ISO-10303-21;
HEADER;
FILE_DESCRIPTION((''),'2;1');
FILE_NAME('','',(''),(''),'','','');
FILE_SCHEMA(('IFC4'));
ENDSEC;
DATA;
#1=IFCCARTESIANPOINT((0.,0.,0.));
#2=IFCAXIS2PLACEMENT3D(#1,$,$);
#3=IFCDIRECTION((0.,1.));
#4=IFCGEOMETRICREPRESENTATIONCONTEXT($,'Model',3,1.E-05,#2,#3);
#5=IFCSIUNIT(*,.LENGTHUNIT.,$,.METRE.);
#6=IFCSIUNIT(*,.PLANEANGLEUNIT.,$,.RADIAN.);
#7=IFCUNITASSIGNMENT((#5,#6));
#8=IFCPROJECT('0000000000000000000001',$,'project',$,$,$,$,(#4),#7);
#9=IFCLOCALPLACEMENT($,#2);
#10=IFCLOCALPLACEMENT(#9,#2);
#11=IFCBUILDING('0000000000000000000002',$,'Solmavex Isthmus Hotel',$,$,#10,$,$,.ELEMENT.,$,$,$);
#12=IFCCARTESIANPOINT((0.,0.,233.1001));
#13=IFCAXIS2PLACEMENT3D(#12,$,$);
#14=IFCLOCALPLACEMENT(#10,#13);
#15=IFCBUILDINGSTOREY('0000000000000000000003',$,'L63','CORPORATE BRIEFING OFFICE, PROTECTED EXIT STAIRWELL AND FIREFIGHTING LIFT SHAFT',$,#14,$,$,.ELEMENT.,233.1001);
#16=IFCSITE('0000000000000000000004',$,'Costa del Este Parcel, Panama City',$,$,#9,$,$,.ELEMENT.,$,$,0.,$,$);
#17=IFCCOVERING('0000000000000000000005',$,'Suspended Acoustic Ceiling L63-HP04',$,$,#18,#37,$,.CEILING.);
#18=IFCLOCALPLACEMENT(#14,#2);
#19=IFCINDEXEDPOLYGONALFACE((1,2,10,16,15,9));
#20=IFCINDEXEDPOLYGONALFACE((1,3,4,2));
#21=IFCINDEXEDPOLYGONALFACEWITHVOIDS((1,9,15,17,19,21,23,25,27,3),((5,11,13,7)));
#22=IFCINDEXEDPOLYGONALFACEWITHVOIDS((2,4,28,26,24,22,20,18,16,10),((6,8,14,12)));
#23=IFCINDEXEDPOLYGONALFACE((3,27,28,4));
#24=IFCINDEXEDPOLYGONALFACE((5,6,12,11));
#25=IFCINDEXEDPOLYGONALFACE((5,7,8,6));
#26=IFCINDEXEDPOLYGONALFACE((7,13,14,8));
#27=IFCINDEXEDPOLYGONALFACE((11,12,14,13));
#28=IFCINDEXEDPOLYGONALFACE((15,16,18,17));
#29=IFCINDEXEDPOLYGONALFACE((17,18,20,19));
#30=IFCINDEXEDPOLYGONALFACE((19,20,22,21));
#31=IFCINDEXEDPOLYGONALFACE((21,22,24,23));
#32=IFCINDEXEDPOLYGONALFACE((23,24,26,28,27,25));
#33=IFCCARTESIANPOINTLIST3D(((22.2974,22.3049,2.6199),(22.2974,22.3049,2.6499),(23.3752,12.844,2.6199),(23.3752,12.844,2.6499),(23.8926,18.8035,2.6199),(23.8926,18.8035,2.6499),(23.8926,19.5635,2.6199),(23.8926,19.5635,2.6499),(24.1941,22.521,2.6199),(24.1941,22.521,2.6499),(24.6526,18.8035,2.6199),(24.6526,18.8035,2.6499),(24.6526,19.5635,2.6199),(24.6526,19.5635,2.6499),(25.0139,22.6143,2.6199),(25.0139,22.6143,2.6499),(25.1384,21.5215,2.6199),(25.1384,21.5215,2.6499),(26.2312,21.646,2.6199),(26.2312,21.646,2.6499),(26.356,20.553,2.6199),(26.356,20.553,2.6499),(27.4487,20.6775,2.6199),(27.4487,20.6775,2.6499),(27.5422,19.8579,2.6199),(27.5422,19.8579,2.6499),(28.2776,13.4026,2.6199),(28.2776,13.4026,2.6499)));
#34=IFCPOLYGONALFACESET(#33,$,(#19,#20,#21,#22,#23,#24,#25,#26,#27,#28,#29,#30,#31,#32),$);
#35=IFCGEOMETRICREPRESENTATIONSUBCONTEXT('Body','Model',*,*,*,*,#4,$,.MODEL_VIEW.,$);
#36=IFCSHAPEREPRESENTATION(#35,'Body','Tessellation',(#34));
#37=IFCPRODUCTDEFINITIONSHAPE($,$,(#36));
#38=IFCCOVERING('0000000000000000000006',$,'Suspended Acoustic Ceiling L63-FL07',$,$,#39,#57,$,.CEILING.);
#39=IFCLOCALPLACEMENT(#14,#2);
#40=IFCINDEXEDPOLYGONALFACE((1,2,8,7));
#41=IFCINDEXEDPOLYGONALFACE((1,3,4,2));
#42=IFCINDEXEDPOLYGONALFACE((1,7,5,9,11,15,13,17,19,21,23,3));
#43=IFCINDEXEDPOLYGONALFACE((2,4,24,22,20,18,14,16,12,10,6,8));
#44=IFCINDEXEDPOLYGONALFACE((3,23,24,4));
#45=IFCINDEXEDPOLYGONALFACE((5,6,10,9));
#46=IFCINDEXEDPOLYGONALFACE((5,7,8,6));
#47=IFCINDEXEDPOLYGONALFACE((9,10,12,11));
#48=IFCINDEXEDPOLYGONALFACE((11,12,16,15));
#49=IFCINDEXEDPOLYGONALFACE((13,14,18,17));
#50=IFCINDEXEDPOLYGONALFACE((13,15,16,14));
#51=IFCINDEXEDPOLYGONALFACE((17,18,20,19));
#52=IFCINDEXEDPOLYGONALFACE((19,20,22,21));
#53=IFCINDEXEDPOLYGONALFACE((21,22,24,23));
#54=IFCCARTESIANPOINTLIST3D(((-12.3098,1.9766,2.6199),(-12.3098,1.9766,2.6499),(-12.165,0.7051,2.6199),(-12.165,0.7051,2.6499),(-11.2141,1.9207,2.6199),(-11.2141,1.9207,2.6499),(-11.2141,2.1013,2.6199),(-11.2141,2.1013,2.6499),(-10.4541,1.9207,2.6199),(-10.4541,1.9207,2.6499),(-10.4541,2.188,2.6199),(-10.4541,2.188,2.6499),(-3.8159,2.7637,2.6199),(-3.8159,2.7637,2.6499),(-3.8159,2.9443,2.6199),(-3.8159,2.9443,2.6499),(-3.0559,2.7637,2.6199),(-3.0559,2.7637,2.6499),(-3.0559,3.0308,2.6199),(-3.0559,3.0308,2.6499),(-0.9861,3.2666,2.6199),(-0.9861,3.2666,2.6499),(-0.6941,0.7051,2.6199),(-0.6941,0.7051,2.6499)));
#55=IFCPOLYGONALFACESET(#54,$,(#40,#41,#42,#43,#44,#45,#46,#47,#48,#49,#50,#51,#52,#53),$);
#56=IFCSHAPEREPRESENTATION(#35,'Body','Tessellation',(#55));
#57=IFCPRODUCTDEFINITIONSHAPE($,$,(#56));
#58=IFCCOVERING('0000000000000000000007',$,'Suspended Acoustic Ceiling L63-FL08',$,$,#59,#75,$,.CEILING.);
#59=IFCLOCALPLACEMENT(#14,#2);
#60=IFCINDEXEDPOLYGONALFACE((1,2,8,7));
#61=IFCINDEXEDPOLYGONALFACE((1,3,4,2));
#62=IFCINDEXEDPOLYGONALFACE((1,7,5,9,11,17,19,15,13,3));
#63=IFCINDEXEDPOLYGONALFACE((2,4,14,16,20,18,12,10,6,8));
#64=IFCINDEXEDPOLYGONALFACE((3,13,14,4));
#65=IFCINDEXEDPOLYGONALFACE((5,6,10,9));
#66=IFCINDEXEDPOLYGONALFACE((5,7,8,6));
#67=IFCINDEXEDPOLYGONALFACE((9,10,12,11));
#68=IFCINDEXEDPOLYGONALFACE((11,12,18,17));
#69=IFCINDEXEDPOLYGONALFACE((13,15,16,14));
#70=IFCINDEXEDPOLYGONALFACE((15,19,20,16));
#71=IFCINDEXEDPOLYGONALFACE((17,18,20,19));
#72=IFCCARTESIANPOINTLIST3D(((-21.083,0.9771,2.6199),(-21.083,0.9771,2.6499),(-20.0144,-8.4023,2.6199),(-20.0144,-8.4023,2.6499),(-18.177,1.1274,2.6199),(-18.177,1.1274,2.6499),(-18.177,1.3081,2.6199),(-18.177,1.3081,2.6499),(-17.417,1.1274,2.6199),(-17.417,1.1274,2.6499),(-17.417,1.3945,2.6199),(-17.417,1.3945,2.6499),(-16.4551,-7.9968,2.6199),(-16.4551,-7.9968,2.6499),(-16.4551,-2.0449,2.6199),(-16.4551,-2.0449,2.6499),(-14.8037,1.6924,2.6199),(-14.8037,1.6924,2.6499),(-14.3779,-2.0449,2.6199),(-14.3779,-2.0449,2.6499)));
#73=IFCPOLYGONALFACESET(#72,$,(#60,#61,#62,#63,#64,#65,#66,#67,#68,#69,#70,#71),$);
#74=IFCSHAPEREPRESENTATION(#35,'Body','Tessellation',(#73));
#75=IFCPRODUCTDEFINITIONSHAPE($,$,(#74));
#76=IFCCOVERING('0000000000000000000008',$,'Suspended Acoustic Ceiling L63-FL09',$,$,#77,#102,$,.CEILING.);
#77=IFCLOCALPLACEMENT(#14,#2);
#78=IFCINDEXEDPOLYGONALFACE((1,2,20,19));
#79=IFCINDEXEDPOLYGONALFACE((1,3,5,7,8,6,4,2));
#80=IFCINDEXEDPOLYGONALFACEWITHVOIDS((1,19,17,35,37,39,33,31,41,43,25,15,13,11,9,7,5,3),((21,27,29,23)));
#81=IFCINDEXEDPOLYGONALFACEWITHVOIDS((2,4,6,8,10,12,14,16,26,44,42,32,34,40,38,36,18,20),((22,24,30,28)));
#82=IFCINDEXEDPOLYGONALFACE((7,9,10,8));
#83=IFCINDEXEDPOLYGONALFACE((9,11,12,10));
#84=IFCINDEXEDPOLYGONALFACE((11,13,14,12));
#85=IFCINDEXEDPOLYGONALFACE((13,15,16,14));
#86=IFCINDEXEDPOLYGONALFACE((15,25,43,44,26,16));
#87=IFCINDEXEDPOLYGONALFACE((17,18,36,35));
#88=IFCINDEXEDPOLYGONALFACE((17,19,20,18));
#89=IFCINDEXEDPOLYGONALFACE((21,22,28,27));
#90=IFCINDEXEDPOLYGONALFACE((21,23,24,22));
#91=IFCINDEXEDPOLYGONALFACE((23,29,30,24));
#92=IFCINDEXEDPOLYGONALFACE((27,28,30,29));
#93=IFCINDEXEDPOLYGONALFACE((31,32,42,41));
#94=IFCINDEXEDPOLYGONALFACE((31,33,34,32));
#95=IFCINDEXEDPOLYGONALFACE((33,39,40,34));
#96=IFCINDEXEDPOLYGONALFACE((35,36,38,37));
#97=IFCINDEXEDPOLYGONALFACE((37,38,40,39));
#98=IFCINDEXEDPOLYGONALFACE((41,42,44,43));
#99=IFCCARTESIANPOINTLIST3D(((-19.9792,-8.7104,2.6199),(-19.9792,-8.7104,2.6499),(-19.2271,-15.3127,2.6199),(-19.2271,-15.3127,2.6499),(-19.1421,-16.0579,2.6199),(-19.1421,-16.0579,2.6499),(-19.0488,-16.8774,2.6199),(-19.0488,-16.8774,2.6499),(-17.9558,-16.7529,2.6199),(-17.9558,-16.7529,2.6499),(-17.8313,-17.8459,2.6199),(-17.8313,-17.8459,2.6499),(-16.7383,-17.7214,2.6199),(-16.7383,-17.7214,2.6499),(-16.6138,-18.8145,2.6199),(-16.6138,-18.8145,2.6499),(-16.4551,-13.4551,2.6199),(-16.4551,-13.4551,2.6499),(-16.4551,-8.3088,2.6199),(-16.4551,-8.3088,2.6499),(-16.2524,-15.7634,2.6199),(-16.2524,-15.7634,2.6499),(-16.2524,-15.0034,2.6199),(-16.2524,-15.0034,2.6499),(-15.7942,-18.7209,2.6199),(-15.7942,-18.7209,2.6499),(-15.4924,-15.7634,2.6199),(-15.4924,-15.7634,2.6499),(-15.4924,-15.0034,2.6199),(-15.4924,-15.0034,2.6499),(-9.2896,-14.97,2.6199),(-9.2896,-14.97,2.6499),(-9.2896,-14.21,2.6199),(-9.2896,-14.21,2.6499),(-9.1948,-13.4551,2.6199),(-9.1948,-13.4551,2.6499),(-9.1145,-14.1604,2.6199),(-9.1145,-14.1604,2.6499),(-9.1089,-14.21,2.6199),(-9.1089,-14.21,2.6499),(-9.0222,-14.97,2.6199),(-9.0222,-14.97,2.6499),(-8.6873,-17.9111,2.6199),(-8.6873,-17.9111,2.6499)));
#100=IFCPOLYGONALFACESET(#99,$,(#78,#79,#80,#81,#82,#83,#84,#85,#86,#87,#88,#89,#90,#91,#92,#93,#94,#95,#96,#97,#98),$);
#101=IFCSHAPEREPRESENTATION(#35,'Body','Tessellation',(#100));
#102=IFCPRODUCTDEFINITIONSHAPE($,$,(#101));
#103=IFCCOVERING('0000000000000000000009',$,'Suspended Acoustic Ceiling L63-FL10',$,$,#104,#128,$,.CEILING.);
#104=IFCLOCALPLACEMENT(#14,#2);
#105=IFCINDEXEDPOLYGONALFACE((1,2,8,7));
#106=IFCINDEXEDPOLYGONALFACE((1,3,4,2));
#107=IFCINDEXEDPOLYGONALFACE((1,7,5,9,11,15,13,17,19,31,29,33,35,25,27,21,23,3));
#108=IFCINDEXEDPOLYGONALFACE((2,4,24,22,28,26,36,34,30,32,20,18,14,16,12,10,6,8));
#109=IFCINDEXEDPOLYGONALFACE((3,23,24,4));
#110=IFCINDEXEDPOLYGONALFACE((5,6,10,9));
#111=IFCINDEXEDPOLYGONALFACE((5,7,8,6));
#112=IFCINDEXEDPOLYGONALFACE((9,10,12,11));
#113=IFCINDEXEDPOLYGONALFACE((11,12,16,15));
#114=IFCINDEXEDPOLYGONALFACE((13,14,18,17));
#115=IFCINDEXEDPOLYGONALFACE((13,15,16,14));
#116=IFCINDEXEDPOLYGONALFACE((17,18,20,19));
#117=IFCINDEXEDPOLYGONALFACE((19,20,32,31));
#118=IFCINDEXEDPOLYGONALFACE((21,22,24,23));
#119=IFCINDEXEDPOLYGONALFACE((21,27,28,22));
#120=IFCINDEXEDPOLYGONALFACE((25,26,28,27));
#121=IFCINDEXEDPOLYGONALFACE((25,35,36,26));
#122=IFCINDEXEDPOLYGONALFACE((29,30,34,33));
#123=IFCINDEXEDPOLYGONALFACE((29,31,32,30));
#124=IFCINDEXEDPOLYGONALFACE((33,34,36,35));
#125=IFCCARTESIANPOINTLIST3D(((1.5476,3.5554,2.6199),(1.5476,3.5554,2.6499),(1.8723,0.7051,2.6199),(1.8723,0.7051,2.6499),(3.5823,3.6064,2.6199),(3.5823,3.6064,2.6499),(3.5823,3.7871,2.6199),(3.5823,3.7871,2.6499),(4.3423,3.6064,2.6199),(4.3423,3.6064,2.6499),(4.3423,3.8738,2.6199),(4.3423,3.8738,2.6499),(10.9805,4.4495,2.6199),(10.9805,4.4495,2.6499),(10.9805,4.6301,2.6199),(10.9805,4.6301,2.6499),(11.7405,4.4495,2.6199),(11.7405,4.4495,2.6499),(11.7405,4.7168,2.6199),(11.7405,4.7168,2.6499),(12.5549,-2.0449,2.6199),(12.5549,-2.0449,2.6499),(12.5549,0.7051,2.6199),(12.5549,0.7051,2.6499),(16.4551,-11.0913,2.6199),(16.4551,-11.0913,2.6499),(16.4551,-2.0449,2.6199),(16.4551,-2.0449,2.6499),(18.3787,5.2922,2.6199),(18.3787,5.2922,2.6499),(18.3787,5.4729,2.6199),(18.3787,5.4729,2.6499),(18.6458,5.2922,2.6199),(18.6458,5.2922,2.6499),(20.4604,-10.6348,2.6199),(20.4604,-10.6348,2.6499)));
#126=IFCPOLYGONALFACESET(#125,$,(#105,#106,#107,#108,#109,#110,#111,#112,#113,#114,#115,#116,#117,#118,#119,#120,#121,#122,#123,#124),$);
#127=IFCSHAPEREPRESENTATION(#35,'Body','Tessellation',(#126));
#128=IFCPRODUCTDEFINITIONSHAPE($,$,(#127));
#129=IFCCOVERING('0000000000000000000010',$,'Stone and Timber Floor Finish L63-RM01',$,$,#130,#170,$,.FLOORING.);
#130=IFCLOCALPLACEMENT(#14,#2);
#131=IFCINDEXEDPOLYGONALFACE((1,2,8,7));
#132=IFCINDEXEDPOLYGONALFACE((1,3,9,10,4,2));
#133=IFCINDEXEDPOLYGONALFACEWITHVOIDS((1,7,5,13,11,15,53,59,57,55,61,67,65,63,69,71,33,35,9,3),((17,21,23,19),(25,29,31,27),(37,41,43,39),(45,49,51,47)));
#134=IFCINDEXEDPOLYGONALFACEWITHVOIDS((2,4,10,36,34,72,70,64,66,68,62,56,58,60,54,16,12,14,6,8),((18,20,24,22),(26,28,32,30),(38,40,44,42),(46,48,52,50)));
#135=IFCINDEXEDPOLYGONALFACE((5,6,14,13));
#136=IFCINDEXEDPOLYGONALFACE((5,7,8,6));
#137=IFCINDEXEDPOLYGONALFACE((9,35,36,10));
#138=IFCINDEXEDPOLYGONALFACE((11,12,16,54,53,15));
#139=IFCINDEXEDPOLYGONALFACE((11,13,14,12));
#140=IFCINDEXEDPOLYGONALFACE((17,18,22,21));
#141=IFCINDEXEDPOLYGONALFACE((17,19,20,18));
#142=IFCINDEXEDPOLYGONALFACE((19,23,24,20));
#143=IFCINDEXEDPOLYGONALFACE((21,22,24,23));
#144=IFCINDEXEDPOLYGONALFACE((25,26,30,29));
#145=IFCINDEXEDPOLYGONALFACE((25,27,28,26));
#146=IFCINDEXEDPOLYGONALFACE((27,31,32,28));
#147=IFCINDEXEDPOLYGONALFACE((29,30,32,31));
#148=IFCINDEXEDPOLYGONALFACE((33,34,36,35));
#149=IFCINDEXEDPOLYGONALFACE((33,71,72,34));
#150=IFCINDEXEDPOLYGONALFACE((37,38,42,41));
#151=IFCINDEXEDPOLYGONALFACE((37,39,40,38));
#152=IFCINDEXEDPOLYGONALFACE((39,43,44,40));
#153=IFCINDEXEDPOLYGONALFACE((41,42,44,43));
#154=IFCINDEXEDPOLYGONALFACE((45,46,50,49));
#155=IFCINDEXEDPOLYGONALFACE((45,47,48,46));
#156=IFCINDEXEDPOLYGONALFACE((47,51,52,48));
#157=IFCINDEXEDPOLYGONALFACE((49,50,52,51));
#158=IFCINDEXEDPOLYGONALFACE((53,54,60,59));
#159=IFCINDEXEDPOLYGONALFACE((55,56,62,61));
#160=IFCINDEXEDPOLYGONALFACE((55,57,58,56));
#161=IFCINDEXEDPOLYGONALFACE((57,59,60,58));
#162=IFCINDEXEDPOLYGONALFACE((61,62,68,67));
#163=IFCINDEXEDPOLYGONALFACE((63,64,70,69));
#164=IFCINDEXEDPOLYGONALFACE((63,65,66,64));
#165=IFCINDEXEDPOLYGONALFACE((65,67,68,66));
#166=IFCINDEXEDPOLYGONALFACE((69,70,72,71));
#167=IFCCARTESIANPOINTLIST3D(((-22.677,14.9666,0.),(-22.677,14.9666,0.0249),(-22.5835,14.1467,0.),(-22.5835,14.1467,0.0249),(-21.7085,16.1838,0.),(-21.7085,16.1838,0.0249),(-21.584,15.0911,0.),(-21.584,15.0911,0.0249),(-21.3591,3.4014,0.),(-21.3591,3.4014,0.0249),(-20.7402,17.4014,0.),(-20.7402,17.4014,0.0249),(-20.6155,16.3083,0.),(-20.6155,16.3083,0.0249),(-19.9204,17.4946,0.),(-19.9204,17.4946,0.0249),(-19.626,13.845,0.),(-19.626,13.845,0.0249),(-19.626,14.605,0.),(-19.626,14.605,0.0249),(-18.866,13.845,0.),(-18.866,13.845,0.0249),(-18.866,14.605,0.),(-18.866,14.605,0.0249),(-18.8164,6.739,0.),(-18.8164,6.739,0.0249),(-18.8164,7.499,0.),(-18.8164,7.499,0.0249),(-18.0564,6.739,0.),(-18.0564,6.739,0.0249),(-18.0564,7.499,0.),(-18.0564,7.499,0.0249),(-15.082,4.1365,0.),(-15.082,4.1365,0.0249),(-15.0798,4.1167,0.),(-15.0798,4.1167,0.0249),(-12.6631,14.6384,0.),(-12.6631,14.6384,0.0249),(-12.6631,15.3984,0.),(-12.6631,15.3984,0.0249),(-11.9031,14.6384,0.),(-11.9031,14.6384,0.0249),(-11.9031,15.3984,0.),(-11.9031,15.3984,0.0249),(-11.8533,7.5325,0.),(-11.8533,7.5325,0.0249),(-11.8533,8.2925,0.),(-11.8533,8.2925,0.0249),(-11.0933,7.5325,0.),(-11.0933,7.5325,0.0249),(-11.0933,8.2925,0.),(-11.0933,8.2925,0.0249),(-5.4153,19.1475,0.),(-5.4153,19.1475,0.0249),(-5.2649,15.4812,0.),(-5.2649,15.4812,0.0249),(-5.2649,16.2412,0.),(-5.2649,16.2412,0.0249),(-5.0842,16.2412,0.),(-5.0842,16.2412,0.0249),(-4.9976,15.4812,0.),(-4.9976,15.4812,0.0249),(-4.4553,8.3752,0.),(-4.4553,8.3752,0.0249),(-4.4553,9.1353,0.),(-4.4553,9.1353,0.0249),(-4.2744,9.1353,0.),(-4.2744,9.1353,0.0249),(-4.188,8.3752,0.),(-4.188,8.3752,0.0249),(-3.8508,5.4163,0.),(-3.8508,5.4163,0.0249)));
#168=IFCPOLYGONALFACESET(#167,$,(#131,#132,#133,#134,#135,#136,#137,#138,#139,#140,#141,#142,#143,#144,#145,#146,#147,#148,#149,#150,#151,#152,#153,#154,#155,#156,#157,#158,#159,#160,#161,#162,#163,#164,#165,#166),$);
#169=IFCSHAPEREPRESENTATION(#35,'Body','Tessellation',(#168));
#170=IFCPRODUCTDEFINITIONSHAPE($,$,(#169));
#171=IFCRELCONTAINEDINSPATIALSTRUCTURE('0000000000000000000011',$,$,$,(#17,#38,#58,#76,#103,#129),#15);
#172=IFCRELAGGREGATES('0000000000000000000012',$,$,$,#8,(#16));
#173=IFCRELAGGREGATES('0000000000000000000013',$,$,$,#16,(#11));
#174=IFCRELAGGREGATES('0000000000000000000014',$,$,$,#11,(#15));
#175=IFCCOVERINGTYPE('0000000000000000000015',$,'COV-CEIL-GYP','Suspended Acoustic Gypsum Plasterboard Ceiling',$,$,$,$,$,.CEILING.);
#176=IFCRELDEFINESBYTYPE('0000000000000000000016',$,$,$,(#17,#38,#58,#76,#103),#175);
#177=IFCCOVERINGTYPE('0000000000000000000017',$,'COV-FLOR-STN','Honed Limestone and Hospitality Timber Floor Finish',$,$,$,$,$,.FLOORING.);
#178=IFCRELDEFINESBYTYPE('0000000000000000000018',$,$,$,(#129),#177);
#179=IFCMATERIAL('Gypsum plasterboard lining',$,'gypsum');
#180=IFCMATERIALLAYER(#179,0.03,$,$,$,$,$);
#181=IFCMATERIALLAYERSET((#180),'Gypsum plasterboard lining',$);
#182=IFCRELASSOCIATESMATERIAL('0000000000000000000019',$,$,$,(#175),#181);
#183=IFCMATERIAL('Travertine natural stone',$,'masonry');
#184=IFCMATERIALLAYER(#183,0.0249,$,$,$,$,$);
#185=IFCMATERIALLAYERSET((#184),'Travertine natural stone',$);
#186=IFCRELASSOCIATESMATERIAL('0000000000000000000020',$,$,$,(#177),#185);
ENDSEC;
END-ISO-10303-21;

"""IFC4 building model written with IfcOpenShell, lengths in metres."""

from ifc_helpers import new_model, si_unit, direction, frame, origin, place, context, subcontext, project, spatial, polyline, outline, extrude, material, layer, layer_set, type_object, element, save


model = new_model("IFC4")

# Units and contexts
model_context = context("Model", 3, precision=1e-05, world=origin(), true_north=direction((0.0, 1.0)))
body_context = subcontext(model_context, "Body", "Model", "MODEL_VIEW")
ifc_project = project(units=[si_unit("LENGTHUNIT", "METRE"), si_unit("PLANEANGLEUNIT", "RADIAN")], contexts=[model_context])

# Site, building, storey
site_placement = place(None, origin())
site = spatial("IfcSite", under=ifc_project, at=site_placement, Name="Costa del Este Parcel, Panama City", CompositionType="ELEMENT", RefElevation=0.0)
building_placement = place(site_placement, origin())
building = spatial("IfcBuilding", under=site, at=building_placement, Name="Solmavex Isthmus Hotel", CompositionType="ELEMENT")
storey_placement = place(building_placement, frame((0.0, 0.0, 233.1001)))
storey = spatial("IfcBuildingStorey", under=building, at=storey_placement, Name="L63", Description="CORPORATE BRIEFING OFFICE, PROTECTED EXIT STAIRWELL AND FIREFIGHTING LIFT SHAFT", CompositionType="ELEMENT", Elevation=233.1001)

# Coverings
ifc_material_1 = material(Name="Gypsum plasterboard lining", Category="gypsum")
ifc_layer_1 = layer(ifc_material_1, 0.03)
ifc_layer_set_1 = layer_set([ifc_layer_1], Name="Gypsum plasterboard lining")
covering_type_1 = type_object("IfcCoveringType", Name="COV-CEIL-GYP", Description="Suspended Acoustic Gypsum Plasterboard Ceiling", PredefinedType="CEILING", material=ifc_layer_set_1)
covering_1_placement = place(storey_placement, frame((0.0, 0.0, 2.6199)))
element("IfcCovering", 1, at=covering_1_placement, inside=storey, type_object=covering_type_1, Name="Suspended Acoustic Ceiling L63-HP04", PredefinedType="CEILING", context=body_context, shape_type="SweptSolid", body=[
    extrude(outline(polyline([(25.0139, 22.6143), (24.1941, 22.521), (22.2974, 22.3049), (23.3752, 12.844), (28.2776, 13.4026), (27.5422, 19.8579), (27.4487, 20.6775), (26.356, 20.553), (26.2312, 21.646), (25.1384, 21.5215), (25.0139, 22.6143)]), holes=[polyline([(23.8926, 19.5635), (24.6526, 19.5635), (24.6526, 18.8035), (23.8926, 18.8035), (23.8926, 19.5635)])]), origin(), (0.0, 0.0, 1.0), 0.03),
])
covering_2_placement = place(storey_placement, frame((0.0, 0.0, 2.6199)))
element("IfcCovering", 2, at=covering_2_placement, inside=storey, type_object=covering_type_1, Name="Suspended Acoustic Ceiling L63-FL07", PredefinedType="CEILING", context=body_context, shape_type="SweptSolid", body=[
    extrude(outline(polyline([(-10.4541, 2.188), (-10.4541, 1.9207), (-11.2141, 1.9207), (-11.2141, 2.1013), (-12.3098, 1.9766), (-12.165, 0.7051), (-0.6941, 0.7051), (-0.9861, 3.2666), (-3.0559, 3.0308), (-3.0559, 2.7637), (-3.8159, 2.7637), (-3.8159, 2.9443), (-10.4541, 2.188)])), origin(), (0.0, 0.0, 1.0), 0.03),
])
covering_3_placement = place(storey_placement, frame((0.0, 0.0, 2.6199)))
element("IfcCovering", 3, at=covering_3_placement, inside=storey, type_object=covering_type_1, Name="Suspended Acoustic Ceiling L63-FL08", PredefinedType="CEILING", context=body_context, shape_type="SweptSolid", body=[
    extrude(outline(polyline([(-17.417, 1.3945), (-17.417, 1.1274), (-18.177, 1.1274), (-18.177, 1.3081), (-21.083, 0.9771), (-20.0144, -8.4023), (-16.4551, -7.9968), (-16.4551, -2.0449), (-14.3779, -2.0449), (-14.8037, 1.6924), (-17.417, 1.3945)])), origin(), (0.0, 0.0, 1.0), 0.03),
])
covering_4_placement = place(storey_placement, frame((0.0, 0.0, 2.6199)))
element("IfcCovering", 4, at=covering_4_placement, inside=storey, type_object=covering_type_1, Name="Suspended Acoustic Ceiling L63-FL09", PredefinedType="CEILING", context=body_context, shape_type="SweptSolid", body=[
    extrude(outline(polyline([(-9.0222, -14.97), (-9.2896, -14.97), (-9.2896, -14.21), (-9.1089, -14.21), (-9.1145, -14.1604), (-9.1948, -13.4551), (-16.4551, -13.4551), (-16.4551, -8.3088), (-19.9792, -8.7104), (-19.2271, -15.3127), (-19.1421, -16.0579), (-19.0488, -16.8774), (-17.9558, -16.7529), (-17.8313, -17.8459), (-16.7383, -17.7214), (-16.6138, -18.8145), (-15.7942, -18.7209), (-8.6873, -17.9111), (-9.0222, -14.97)]), holes=[polyline([(-16.2524, -15.7634), (-16.2524, -15.0034), (-15.4924, -15.0034), (-15.4924, -15.7634), (-16.2524, -15.7634)])]), origin(), (0.0, 0.0, 1.0), 0.03),
])
covering_5_placement = place(storey_placement, frame((0.0, 0.0, 2.6199)))
element("IfcCovering", 5, at=covering_5_placement, inside=storey, type_object=covering_type_1, Name="Suspended Acoustic Ceiling L63-FL10", PredefinedType="CEILING", context=body_context, shape_type="SweptSolid", body=[
    extrude(outline(polyline([(4.3423, 3.8738), (4.3423, 3.6064), (3.5823, 3.6064), (3.5823, 3.7871), (1.5476, 3.5554), (1.8723, 0.7051), (12.5549, 0.7051), (12.5549, -2.0449), (16.4551, -2.0449), (16.4551, -11.0913), (20.4604, -10.6348), (18.6458, 5.2922), (18.3787, 5.2922), (18.3787, 5.4729), (11.7405, 4.7168), (11.7405, 4.4495), (10.9805, 4.4495), (10.9805, 4.6301), (4.3423, 3.8738)])), origin(), (0.0, 0.0, 1.0), 0.03),
])
ifc_material_2 = material(Name="Travertine natural stone", Category="masonry")
ifc_layer_2 = layer(ifc_material_2, 0.0249)
ifc_layer_set_2 = layer_set([ifc_layer_2], Name="Travertine natural stone")
covering_type_2 = type_object("IfcCoveringType", Name="COV-FLOR-STN", Description="Honed Limestone and Hospitality Timber Floor Finish", PredefinedType="FLOORING", material=ifc_layer_set_2)
covering_6_placement = place(storey_placement, origin())
element("IfcCovering", 6, at=covering_6_placement, inside=storey, type_object=covering_type_2, Name="Stone and Timber Floor Finish L63-RM01", PredefinedType="FLOORING", context=body_context, shape_type="SweptSolid", body=[
    extrude(outline(polyline([(-15.0798, 4.1167), (-15.082, 4.1365), (-3.8508, 5.4163), (-4.188, 8.3752), (-4.4553, 8.3752), (-4.4553, 9.1353), (-4.2744, 9.1353), (-4.9976, 15.4812), (-5.2649, 15.4812), (-5.2649, 16.2412), (-5.0842, 16.2412), (-5.4153, 19.1475), (-19.9204, 17.4946), (-20.7402, 17.4014), (-20.6155, 16.3083), (-21.7085, 16.1838), (-21.584, 15.0911), (-22.677, 14.9666), (-22.5835, 14.1467), (-21.3591, 3.4014), (-15.0798, 4.1167)]), holes=[polyline([(-11.8533, 7.5325), (-11.8533, 8.2925), (-11.0933, 8.2925), (-11.0933, 7.5325), (-11.8533, 7.5325)]), polyline([(-12.6631, 14.6384), (-12.6631, 15.3984), (-11.9031, 15.3984), (-11.9031, 14.6384), (-12.6631, 14.6384)]), polyline([(-18.8164, 6.739), (-18.8164, 7.499), (-18.0564, 7.499), (-18.0564, 6.739), (-18.8164, 6.739)]), polyline([(-19.626, 13.845), (-19.626, 14.605), (-18.866, 14.605), (-18.866, 13.845), (-19.626, 13.845)])]), origin(), (0.0, 0.0, 1.0), 0.0249),
])

save(model, "model.ifc")
